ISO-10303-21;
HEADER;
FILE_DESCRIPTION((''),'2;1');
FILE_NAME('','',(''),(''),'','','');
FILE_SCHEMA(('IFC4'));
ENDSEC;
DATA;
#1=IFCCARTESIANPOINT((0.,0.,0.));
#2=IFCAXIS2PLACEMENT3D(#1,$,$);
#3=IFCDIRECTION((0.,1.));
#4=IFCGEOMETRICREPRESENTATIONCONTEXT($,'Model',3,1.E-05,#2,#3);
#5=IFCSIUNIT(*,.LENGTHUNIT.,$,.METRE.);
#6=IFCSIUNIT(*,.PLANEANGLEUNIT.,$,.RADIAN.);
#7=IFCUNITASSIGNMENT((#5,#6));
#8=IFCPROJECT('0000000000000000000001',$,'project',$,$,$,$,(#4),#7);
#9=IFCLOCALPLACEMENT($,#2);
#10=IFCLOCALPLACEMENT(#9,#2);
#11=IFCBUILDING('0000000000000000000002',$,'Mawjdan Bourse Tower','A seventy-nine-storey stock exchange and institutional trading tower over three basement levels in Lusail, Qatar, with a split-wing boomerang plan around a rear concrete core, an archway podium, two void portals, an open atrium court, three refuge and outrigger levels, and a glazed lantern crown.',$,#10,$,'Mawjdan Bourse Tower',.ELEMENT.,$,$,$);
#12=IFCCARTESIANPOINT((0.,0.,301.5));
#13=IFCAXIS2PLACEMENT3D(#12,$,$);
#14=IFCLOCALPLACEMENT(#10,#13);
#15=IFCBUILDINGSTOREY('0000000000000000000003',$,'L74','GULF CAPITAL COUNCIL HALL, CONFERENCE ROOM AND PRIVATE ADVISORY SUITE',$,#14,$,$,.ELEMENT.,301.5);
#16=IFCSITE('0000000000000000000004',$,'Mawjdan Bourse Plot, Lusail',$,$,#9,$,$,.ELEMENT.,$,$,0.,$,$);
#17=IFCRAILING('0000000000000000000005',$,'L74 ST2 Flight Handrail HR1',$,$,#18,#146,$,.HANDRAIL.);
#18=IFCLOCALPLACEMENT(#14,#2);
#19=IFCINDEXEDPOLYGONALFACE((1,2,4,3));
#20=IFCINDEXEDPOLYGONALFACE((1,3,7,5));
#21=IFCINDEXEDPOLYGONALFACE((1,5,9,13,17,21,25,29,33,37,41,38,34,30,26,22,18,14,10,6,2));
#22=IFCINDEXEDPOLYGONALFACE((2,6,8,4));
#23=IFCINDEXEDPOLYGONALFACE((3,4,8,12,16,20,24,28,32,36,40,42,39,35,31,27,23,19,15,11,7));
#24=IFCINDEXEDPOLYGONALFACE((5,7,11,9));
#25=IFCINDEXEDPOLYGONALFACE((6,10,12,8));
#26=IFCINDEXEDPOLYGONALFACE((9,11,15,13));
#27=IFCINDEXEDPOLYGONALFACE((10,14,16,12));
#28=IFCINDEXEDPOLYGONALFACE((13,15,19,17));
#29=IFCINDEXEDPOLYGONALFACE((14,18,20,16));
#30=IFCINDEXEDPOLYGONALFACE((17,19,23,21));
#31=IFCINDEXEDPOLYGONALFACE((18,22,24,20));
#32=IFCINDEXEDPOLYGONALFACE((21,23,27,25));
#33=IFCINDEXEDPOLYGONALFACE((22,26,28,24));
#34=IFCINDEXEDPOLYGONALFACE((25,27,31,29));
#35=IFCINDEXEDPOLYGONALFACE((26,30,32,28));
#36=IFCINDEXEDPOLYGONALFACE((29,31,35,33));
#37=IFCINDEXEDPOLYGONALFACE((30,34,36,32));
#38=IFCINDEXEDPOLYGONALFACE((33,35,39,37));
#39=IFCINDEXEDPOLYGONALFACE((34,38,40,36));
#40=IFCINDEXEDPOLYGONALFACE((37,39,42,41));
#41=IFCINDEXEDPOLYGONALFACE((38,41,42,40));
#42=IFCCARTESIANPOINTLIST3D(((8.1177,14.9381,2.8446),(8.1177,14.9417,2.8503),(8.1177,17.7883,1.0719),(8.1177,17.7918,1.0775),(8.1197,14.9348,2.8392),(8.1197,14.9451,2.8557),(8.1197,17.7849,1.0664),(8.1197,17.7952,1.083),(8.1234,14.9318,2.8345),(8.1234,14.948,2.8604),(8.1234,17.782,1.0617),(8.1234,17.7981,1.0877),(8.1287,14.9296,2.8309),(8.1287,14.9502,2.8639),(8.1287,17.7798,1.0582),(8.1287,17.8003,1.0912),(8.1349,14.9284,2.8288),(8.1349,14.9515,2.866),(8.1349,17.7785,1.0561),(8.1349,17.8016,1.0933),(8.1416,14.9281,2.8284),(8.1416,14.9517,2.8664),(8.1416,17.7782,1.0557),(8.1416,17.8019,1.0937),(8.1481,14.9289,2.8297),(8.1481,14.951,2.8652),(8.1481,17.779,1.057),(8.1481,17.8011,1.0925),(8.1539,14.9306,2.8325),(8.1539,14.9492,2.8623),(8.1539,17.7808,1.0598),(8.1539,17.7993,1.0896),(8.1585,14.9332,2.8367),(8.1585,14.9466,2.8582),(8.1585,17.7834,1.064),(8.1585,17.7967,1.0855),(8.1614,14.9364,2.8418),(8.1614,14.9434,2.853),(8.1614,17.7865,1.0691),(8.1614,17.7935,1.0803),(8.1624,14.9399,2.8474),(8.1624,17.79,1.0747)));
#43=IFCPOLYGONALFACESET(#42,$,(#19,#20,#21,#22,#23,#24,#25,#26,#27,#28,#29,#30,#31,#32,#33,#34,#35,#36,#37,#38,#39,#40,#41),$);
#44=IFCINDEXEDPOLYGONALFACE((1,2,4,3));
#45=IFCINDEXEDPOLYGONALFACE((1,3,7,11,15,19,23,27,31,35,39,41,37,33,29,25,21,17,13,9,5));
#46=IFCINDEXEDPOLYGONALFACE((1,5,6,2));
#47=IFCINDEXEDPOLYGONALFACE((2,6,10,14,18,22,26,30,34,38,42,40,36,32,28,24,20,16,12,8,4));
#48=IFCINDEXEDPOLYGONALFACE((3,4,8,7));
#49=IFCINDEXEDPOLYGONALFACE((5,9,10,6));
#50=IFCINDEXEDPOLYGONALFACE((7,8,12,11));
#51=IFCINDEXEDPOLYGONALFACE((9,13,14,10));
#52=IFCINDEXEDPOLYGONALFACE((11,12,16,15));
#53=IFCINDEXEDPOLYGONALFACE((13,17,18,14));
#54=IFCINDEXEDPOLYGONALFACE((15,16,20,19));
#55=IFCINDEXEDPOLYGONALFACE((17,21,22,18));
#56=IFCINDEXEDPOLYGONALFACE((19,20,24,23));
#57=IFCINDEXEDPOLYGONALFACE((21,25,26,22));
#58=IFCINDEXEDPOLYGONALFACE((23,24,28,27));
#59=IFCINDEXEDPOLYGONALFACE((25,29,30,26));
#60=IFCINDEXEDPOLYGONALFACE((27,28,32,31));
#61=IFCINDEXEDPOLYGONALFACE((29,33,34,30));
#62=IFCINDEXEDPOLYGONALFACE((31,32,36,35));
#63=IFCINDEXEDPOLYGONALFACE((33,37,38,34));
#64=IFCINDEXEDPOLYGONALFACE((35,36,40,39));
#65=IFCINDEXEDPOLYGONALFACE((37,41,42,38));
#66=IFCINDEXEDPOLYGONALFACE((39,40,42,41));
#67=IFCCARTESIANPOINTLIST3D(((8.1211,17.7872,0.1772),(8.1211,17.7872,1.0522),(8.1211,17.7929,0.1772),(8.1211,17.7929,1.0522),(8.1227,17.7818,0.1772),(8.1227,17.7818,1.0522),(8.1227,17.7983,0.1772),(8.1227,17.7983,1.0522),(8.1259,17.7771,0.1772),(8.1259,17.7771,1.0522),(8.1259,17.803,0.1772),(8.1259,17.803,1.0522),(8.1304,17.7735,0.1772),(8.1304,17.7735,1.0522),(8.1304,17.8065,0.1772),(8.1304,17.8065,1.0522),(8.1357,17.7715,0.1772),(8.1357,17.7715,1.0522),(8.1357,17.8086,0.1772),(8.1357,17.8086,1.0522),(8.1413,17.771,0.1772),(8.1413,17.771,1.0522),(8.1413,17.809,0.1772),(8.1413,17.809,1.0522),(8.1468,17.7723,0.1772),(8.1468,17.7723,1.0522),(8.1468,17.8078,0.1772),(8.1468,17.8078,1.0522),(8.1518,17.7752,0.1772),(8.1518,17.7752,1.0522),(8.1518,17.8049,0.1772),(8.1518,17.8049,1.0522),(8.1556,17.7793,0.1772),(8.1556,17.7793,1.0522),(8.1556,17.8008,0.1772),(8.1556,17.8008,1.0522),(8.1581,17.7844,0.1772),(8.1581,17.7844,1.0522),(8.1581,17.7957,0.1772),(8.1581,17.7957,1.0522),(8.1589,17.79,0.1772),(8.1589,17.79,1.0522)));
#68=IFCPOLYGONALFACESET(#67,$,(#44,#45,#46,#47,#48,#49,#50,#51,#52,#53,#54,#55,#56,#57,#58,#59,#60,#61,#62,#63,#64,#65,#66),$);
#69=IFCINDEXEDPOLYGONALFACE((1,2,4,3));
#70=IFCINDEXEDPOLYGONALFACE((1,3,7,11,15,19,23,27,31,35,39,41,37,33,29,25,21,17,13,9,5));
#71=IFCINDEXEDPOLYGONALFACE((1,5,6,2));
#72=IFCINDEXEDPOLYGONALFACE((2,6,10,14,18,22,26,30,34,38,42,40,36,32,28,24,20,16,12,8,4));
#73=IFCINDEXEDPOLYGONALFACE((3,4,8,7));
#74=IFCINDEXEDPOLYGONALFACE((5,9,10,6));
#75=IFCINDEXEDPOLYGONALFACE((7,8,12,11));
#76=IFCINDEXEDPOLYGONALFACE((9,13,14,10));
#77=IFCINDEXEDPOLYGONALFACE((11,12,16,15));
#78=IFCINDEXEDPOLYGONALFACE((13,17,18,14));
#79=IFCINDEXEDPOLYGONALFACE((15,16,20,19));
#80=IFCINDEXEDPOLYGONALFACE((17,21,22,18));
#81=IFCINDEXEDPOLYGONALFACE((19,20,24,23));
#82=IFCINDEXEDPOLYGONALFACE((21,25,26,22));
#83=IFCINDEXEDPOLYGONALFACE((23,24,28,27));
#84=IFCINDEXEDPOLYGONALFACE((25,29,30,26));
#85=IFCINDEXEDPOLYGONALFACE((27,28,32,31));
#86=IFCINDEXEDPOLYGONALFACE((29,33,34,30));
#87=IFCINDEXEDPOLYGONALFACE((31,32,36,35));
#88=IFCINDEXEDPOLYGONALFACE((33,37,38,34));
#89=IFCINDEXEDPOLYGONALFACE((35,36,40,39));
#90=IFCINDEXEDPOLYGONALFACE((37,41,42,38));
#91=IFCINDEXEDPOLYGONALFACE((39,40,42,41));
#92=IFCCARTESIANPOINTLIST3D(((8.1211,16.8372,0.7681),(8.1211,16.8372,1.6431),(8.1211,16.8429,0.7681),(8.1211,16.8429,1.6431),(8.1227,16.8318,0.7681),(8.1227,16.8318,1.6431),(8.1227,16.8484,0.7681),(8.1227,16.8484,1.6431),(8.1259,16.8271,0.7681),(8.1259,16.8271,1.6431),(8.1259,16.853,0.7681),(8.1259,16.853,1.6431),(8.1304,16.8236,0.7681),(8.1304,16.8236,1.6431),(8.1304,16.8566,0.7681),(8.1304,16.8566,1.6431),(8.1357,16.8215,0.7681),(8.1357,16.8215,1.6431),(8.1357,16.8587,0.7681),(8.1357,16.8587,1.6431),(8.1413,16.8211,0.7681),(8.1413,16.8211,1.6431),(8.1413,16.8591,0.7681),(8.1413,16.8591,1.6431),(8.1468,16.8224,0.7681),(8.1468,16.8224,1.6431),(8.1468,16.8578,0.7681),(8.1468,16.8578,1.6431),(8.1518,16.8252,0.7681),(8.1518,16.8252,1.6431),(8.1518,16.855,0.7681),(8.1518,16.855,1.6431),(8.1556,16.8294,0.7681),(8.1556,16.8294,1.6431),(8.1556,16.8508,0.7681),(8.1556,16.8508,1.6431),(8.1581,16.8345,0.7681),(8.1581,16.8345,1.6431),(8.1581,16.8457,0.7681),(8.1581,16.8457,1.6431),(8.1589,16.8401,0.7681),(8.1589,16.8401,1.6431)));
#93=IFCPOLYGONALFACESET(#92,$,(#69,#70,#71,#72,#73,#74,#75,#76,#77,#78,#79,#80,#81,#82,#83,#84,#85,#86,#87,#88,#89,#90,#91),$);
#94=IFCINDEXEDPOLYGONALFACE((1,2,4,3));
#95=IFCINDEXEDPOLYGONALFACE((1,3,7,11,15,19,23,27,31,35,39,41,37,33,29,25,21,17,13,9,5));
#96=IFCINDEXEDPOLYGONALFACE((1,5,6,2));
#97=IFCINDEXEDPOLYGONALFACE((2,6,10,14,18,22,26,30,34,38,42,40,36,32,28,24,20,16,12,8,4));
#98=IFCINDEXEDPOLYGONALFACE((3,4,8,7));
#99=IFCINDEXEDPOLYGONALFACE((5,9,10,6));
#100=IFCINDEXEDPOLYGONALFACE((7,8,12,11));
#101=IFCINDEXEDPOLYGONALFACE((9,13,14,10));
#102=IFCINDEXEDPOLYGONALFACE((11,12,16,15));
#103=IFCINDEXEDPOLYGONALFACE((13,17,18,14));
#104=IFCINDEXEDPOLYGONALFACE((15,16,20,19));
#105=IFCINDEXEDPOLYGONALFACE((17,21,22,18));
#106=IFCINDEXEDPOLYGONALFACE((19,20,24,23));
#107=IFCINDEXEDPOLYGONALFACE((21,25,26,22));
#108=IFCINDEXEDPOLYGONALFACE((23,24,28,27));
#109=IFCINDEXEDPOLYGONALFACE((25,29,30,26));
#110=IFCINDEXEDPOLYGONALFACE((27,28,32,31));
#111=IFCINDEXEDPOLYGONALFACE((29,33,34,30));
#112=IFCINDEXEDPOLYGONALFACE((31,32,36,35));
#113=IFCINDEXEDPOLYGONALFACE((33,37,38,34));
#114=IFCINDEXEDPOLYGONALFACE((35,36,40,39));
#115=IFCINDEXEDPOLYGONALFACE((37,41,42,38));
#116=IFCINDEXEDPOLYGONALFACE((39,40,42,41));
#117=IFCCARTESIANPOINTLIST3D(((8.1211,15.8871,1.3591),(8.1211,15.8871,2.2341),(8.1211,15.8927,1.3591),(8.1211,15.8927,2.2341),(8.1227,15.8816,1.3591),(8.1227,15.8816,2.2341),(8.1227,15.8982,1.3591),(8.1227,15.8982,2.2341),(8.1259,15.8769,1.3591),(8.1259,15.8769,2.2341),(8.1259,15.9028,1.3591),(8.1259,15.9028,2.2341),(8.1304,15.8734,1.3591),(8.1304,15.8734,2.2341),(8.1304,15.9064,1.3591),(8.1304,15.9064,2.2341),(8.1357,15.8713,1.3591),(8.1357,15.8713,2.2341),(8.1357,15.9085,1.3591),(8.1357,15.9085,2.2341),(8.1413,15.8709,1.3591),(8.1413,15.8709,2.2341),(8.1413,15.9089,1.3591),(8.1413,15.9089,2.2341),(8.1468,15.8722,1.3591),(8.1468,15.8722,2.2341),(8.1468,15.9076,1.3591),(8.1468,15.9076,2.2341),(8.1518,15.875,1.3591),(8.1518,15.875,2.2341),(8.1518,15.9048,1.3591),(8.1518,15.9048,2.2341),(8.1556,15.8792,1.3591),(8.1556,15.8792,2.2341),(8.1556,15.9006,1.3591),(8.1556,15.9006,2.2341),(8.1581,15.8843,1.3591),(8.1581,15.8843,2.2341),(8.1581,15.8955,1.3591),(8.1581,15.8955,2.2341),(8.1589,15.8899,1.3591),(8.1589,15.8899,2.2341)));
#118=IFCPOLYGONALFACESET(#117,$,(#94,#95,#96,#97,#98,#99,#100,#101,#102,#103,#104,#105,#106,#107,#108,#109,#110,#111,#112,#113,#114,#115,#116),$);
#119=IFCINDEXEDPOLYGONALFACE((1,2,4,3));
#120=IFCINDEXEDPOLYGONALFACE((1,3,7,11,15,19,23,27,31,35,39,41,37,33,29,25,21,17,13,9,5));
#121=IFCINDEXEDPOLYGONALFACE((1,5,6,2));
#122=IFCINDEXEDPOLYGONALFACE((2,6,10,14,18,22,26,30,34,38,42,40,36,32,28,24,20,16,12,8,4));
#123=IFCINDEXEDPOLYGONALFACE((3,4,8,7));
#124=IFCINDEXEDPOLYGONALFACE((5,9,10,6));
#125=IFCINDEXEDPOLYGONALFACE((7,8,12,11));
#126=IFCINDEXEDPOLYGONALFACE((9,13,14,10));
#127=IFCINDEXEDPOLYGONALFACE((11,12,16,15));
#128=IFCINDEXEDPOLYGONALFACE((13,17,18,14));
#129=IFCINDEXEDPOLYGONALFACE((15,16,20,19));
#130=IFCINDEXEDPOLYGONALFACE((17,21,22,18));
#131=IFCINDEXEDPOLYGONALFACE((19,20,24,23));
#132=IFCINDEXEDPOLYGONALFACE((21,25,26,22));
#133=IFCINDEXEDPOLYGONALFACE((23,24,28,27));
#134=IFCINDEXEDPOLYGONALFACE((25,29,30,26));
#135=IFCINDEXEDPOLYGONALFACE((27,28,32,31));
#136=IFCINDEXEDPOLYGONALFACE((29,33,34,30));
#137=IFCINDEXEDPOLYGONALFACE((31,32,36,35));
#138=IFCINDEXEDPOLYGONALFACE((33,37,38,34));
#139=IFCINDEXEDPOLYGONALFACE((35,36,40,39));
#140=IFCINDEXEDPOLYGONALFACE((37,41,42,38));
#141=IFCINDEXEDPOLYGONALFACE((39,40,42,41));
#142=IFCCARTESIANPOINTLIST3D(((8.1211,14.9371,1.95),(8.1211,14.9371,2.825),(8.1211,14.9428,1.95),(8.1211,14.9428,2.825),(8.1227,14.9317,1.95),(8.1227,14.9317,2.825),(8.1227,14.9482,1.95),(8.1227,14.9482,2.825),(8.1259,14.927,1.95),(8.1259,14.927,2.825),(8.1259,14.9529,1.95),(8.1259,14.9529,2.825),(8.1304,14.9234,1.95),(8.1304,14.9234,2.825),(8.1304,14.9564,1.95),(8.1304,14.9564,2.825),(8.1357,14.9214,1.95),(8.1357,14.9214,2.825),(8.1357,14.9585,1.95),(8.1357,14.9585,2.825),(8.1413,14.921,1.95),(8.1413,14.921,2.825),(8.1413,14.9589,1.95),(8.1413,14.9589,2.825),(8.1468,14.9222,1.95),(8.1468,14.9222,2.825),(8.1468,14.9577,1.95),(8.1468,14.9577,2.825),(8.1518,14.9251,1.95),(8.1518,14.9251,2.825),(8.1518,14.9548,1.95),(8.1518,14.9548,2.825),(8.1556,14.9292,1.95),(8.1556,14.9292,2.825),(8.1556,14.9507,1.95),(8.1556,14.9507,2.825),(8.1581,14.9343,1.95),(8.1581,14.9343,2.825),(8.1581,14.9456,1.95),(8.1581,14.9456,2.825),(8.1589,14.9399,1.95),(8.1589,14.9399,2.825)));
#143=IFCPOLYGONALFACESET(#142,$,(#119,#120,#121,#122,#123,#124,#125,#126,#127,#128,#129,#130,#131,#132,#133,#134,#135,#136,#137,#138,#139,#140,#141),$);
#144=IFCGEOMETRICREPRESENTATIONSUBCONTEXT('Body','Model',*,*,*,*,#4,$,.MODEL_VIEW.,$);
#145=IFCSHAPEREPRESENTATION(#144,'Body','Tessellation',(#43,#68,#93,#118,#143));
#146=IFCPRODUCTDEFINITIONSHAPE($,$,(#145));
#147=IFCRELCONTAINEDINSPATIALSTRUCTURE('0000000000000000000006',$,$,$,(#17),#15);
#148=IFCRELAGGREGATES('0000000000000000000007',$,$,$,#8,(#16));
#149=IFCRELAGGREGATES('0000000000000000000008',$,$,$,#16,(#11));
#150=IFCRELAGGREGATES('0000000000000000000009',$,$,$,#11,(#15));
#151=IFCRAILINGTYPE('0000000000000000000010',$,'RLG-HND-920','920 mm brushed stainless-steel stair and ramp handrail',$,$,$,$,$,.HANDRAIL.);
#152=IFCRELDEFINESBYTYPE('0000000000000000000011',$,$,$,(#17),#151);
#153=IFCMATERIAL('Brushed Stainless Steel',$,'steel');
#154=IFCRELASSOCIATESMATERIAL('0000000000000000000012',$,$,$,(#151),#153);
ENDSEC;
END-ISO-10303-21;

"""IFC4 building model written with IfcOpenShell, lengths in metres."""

from ifc_helpers import new_model, si_unit, direction, frame, origin, origin_2d, place, context, subcontext, project, spatial, circle, extrude, material, type_object, element, save


model = new_model("IFC4")

# Units and contexts
model_context = context("Model", 3, precision=1e-05, world=origin(), true_north=direction((0.0, 1.0)))
body_context = subcontext(model_context, "Body", "Model", "MODEL_VIEW")
ifc_project = project(units=[si_unit("LENGTHUNIT", "METRE"), si_unit("PLANEANGLEUNIT", "RADIAN")], contexts=[model_context])

# Site, building, storey
site_placement = place(None, origin())
site = spatial("IfcSite", under=ifc_project, at=site_placement, Name="Mawjdan Bourse Plot, Lusail", CompositionType="ELEMENT", RefElevation=0.0)
building_placement = place(site_placement, origin())
building = spatial("IfcBuilding", under=site, at=building_placement, Name="Mawjdan Bourse Tower", Description="A seventy-nine-storey stock exchange and institutional trading tower over three basement levels in Lusail, Qatar, with a split-wing boomerang plan around a rear concrete core, an archway podium, two void portals, an open atrium court, three refuge and outrigger levels, and a glazed lantern crown.", LongName="Mawjdan Bourse Tower", CompositionType="ELEMENT")
storey_placement = place(building_placement, frame((0.0, 0.0, 301.5)))
storey = spatial("IfcBuildingStorey", under=building, at=storey_placement, Name="L74", Description="GULF CAPITAL COUNCIL HALL, CONFERENCE ROOM AND PRIVATE ADVISORY SUITE", CompositionType="ELEMENT", Elevation=301.5)

# Railing
ifc_material_1 = material(Name="Brushed Stainless Steel", Category="steel")
railing_type_1 = type_object("IfcRailingType", Name="RLG-HND-920", Description="920 mm brushed stainless-steel stair and ramp handrail", PredefinedType="HANDRAIL", material=ifc_material_1)
railing_1_placement = place(storey_placement, frame((8.1399, 17.79, 0.1772)))
element("IfcRailing", 1, at=railing_1_placement, inside=storey, type_object=railing_type_1, Name="L74 ST2 Flight Handrail HR1", PredefinedType="HANDRAIL", context=body_context, shape_type="SweptSolid", body=[
    extrude(circle(Radius=0.0225, at=origin_2d()), frame((0.0, 0.0, 0.8975), z_axis=(0.0, -0.849149, 0.528154), x_axis=(1.0, 0.0, 0.0)), (0.0, 0.0, 1.0), 3.3564),
    extrude(circle(Radius=0.019, at=origin_2d()), origin(), (0.0, 0.0, 1.0), 0.875),
    extrude(circle(Radius=0.019, at=origin_2d()), frame((0.0, -0.95, 0.5908)), (0.0, 0.0, 1.0), 0.875),
    extrude(circle(Radius=0.019, at=origin_2d()), frame((0.0, -1.9001, 1.1819)), (0.0, 0.0, 1.0), 0.875),
    extrude(circle(Radius=0.019, at=origin_2d()), frame((0.0, -2.8501, 1.7727)), (0.0, 0.0, 1.0), 0.875),
])

save(model, "model.ifc")
